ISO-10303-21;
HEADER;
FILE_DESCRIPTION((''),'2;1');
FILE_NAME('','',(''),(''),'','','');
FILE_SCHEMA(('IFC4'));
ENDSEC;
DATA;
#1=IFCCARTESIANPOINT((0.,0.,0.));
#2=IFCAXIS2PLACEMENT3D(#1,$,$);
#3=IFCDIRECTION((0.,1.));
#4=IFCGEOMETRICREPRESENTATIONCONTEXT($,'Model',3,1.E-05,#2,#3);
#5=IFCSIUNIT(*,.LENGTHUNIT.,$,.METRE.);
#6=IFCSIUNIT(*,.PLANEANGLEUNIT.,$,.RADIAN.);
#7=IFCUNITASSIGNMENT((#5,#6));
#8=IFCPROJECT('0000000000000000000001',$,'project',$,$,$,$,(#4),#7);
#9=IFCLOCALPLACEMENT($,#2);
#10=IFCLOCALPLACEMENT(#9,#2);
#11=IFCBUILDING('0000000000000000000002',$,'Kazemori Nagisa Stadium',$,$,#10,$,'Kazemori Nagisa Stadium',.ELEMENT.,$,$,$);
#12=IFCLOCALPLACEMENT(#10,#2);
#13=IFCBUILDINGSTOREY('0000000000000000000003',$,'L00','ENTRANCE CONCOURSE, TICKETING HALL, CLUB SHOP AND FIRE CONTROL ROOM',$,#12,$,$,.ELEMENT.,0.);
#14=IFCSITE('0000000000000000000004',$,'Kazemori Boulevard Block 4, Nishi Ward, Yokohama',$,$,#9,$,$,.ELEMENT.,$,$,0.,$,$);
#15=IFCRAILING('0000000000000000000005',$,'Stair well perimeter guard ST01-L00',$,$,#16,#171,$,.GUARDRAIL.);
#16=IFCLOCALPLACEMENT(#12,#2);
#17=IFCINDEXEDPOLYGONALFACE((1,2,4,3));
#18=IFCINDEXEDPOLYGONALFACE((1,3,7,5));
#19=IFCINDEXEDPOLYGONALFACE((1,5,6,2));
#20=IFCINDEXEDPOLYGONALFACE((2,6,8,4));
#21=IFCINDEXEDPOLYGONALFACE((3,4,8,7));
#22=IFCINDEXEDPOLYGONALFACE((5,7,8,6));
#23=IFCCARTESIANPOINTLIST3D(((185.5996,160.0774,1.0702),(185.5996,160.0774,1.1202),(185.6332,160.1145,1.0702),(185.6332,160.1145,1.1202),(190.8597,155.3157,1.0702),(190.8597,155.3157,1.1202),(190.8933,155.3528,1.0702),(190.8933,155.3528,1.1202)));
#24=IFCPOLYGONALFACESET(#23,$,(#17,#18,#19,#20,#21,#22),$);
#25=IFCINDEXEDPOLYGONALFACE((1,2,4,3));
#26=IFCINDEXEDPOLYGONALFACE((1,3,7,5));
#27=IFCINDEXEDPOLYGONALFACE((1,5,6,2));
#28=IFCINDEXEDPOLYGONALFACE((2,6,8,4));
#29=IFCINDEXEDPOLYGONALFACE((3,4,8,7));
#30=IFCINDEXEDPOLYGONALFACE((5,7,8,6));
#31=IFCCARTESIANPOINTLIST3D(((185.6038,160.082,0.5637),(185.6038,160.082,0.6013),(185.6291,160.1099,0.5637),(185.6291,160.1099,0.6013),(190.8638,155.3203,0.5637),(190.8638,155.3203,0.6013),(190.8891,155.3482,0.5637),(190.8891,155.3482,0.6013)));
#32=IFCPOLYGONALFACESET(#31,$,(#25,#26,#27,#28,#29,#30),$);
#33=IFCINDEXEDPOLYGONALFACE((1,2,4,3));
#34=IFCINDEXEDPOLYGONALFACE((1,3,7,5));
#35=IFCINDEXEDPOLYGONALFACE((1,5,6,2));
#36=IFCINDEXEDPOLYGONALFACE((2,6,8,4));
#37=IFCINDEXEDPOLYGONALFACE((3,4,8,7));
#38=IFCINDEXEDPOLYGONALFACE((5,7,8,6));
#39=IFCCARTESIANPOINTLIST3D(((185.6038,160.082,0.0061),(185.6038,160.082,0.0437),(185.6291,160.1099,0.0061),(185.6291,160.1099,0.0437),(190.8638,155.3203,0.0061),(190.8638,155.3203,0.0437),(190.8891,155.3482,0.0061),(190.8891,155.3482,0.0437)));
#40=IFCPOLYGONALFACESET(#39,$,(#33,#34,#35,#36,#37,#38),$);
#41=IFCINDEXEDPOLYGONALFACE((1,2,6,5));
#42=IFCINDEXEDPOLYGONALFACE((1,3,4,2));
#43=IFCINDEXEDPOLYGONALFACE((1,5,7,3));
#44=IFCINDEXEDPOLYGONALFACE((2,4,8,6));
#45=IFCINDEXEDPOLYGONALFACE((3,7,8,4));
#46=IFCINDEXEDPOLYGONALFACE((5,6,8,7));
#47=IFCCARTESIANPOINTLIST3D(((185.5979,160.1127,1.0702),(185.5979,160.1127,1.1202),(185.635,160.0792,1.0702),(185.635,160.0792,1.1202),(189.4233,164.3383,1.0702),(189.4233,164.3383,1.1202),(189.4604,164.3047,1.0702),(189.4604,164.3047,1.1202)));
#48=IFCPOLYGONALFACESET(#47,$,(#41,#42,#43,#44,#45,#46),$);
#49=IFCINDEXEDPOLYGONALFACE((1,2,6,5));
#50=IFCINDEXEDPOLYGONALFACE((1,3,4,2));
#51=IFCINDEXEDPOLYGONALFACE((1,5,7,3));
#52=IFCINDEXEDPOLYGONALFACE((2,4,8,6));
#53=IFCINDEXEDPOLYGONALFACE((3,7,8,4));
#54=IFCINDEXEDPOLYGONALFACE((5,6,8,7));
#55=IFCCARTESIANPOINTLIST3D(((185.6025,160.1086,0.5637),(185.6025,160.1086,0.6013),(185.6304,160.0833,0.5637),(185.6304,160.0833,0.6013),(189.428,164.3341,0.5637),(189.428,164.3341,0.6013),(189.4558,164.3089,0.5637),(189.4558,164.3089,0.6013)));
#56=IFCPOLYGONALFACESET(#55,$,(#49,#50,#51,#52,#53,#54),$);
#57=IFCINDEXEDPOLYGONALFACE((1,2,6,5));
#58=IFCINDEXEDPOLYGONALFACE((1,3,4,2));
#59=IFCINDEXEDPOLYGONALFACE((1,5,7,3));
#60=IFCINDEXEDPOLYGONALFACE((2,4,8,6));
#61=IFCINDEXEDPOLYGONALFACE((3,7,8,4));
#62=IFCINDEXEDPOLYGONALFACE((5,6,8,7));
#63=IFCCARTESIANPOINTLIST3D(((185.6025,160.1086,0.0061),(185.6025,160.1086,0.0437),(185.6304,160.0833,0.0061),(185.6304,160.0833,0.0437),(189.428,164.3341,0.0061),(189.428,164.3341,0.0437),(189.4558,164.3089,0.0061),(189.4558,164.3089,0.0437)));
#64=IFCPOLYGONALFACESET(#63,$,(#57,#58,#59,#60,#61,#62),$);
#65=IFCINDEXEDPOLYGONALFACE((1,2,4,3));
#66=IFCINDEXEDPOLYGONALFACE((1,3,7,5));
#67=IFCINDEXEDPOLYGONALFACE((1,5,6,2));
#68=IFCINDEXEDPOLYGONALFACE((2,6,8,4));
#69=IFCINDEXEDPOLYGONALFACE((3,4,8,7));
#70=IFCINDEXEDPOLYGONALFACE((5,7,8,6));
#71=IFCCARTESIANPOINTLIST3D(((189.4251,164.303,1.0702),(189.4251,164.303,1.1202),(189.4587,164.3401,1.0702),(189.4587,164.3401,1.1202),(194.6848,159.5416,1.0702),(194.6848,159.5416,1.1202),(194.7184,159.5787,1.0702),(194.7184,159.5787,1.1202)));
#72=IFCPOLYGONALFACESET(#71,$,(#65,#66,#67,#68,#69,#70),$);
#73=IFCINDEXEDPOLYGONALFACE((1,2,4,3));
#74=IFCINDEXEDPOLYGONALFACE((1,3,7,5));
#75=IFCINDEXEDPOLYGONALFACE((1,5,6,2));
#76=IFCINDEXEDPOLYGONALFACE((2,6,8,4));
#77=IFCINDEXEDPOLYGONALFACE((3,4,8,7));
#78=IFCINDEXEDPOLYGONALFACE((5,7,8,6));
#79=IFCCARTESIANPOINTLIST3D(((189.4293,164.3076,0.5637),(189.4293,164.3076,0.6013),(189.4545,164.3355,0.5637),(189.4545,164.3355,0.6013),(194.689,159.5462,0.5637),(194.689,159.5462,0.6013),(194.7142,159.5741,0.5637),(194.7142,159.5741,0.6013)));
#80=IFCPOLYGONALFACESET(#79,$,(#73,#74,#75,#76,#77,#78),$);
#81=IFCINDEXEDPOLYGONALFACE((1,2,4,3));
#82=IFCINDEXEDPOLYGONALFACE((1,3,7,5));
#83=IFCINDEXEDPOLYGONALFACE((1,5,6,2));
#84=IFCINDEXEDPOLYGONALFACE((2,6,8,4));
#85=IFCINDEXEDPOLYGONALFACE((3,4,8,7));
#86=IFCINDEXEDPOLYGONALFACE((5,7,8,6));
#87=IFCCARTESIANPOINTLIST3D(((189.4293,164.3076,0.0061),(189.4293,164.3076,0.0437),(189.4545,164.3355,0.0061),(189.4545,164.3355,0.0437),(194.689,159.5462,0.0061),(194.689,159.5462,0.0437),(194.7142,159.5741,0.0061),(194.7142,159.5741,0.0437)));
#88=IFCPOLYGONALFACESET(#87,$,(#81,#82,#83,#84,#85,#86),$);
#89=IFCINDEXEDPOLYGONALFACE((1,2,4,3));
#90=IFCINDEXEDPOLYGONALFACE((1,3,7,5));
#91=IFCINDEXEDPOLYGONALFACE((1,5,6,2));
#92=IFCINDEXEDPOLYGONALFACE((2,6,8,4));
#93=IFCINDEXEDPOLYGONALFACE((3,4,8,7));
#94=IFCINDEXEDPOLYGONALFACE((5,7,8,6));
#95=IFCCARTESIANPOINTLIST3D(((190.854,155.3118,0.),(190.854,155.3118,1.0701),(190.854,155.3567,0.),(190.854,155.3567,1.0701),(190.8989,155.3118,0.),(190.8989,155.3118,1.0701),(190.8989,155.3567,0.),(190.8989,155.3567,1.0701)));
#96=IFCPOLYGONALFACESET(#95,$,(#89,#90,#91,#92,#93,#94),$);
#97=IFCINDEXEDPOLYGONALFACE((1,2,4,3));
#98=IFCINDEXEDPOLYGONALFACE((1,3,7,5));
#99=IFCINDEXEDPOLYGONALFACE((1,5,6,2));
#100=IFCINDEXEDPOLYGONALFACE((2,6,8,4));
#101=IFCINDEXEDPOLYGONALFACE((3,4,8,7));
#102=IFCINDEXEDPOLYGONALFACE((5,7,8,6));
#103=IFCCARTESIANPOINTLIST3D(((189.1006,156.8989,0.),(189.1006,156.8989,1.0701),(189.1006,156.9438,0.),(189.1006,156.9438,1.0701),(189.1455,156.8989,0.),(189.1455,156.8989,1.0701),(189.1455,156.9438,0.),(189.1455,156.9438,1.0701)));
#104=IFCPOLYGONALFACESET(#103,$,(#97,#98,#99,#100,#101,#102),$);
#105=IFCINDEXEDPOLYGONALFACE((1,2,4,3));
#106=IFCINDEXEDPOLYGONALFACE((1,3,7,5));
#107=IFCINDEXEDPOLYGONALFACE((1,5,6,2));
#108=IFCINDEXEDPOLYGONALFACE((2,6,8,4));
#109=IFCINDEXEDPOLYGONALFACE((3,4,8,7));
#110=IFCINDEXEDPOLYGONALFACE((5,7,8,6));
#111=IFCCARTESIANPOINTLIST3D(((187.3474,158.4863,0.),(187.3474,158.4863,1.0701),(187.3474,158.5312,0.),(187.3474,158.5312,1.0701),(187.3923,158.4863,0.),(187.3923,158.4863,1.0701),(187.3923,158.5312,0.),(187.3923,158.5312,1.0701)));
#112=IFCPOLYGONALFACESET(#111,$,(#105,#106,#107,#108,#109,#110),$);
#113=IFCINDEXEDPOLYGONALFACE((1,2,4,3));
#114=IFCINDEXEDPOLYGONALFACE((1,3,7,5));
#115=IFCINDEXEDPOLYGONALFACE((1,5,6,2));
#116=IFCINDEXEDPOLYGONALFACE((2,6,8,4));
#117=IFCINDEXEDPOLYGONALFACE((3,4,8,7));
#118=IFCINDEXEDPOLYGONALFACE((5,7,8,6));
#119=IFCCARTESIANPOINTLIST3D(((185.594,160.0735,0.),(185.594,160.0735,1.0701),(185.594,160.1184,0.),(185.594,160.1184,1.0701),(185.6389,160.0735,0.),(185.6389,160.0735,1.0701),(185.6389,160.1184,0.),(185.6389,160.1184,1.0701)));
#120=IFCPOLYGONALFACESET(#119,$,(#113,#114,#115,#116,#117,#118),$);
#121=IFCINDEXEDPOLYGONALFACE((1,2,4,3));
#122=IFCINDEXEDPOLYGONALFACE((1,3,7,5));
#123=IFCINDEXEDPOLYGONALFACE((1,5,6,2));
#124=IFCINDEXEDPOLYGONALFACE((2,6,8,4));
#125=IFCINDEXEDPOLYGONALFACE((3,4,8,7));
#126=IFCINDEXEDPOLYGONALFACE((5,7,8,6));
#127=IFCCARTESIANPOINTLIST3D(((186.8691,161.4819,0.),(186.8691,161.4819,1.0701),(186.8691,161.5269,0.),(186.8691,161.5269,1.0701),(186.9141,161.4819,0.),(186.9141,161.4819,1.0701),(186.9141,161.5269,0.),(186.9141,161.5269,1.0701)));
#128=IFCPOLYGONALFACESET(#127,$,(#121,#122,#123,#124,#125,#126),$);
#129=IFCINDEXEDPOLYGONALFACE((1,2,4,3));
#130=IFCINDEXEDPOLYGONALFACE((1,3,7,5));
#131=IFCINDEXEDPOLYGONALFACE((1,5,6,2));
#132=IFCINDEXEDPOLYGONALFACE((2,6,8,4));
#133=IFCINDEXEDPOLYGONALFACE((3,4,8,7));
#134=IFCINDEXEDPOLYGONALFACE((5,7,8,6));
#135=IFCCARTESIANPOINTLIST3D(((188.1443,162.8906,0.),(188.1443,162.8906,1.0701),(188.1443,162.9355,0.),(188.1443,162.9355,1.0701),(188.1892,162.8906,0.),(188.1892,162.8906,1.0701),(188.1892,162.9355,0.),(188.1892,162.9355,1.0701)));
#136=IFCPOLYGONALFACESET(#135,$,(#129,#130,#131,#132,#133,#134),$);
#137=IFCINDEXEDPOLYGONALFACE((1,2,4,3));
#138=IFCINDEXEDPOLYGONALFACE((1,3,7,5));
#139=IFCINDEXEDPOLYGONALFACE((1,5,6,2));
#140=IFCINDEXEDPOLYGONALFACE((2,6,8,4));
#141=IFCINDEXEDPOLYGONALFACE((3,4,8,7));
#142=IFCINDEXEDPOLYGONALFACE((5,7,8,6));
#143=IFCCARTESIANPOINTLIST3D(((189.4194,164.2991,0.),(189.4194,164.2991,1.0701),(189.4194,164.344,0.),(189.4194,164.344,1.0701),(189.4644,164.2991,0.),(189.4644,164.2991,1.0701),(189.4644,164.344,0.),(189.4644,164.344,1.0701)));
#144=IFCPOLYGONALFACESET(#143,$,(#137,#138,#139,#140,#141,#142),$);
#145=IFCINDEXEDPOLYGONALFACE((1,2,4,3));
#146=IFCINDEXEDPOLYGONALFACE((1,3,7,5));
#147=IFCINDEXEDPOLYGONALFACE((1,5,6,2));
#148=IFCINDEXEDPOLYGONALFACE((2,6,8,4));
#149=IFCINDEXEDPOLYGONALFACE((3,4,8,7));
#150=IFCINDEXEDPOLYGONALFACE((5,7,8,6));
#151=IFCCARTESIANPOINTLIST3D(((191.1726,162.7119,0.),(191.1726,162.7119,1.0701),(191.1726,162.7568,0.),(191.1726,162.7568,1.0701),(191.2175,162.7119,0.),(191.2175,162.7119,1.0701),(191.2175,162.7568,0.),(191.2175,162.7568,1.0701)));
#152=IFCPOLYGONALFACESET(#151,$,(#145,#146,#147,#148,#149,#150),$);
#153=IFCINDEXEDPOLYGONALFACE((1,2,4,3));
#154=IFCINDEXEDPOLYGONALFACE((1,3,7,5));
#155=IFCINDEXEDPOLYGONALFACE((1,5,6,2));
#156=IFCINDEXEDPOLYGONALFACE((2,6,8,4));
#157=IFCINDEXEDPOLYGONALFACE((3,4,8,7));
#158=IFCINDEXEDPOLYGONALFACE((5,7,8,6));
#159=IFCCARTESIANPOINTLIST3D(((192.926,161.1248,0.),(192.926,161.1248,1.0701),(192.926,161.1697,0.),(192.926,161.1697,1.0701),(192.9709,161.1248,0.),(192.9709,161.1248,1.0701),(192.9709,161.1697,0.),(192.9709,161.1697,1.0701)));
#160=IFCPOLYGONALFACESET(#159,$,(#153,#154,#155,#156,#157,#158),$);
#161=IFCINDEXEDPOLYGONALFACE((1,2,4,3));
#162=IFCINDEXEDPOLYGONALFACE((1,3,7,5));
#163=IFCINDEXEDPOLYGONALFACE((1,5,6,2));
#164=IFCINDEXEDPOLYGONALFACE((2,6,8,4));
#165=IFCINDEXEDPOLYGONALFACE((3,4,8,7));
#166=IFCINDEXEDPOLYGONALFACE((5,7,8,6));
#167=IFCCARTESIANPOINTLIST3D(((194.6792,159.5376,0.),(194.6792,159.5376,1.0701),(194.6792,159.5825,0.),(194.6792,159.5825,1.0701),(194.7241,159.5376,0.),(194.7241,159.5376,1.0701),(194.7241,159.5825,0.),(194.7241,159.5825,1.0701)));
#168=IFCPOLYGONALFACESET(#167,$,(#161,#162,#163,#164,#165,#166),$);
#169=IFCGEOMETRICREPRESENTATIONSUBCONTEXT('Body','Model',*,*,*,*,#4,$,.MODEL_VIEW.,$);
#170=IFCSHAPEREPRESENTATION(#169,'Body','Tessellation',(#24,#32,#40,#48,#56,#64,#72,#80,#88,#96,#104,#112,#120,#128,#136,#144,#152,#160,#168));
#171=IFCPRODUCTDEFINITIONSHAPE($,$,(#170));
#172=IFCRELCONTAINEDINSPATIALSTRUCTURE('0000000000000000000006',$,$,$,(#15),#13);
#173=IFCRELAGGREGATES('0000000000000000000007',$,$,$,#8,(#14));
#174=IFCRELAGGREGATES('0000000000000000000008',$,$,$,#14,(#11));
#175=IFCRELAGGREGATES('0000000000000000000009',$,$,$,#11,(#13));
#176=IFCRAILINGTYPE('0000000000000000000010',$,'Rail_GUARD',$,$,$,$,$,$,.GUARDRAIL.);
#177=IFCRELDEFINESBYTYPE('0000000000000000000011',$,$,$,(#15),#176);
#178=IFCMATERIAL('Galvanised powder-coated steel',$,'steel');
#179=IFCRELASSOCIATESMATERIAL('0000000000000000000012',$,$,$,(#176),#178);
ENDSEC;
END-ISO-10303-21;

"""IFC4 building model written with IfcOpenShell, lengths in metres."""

from ifc_helpers import new_model, si_unit, direction, frame, origin, origin_2d, place, context, subcontext, project, spatial, rectangle, extrude, material, type_object, element, save


model = new_model("IFC4")

# Units and contexts
model_context = context("Model", 3, precision=1e-05, world=origin(), true_north=direction((0.0, 1.0)))
body_context = subcontext(model_context, "Body", "Model", "MODEL_VIEW")
ifc_project = project(units=[si_unit("LENGTHUNIT", "METRE"), si_unit("PLANEANGLEUNIT", "RADIAN")], contexts=[model_context])

# Site, building, storey
site_placement = place(None, origin())
site = spatial("IfcSite", under=ifc_project, at=site_placement, Name="Kazemori Boulevard Block 4, Nishi Ward, Yokohama", CompositionType="ELEMENT", RefElevation=0.0)
building_placement = place(site_placement, origin())
building = spatial("IfcBuilding", under=site, at=building_placement, Name="Kazemori Nagisa Stadium", LongName="Kazemori Nagisa Stadium", CompositionType="ELEMENT")
storey_placement = place(building_placement, origin())
storey = spatial("IfcBuildingStorey", under=building, at=storey_placement, Name="L00", Description="ENTRANCE CONCOURSE, TICKETING HALL, CLUB SHOP AND FIRE CONTROL ROOM", CompositionType="ELEMENT", Elevation=0.0)

# Railing
ifc_material_1 = material(Name="Galvanised powder-coated steel", Category="steel")
railing_type_1 = type_object("IfcRailingType", Name="Rail_GUARD", PredefinedType="GUARDRAIL", material=ifc_material_1)
railing_1_placement = place(storey_placement, frame((190.8765, 155.3342, 0.0)))
element("IfcRailing", 1, at=railing_1_placement, inside=storey, type_object=railing_type_1, Name="Stair well perimeter guard ST01-L00", PredefinedType="GUARDRAIL", context=body_context, shape_type="SweptSolid", body=[
    extrude(rectangle(XDim=0.05, YDim=0.05, at=origin_2d()), frame((0.0, 0.0, 1.0952), z_axis=(-0.741349, 0.67112, 0.0), x_axis=(-0.67112, -0.741349, 0.0)), (0.0, 0.0, 1.0), 7.0952),
    extrude(rectangle(XDim=0.0376, YDim=0.0376, at=origin_2d()), frame((0.0, 0.0, 0.5825), z_axis=(-0.741349, 0.67112, 0.0), x_axis=(-0.67112, -0.741349, 0.0)), (0.0, 0.0, 1.0), 7.0952),
    extrude(rectangle(XDim=0.0376, YDim=0.0376, at=origin_2d()), frame((0.0, 0.0, 0.0249), z_axis=(-0.741349, 0.67112, 0.0), x_axis=(-0.67112, -0.741349, 0.0)), (0.0, 0.0, 1.0), 7.0952),
    extrude(rectangle(XDim=0.05, YDim=0.05, at=origin_2d()), frame((-5.26, 4.7617, 1.0952), z_axis=(0.671134, 0.741336, 0.0), x_axis=(-0.741336, 0.671134, 0.0)), (0.0, 0.0, 1.0), 5.7),
    extrude(rectangle(XDim=0.0376, YDim=0.0376, at=origin_2d()), frame((-5.26, 4.7617, 0.5825), z_axis=(0.671134, 0.741336, 0.0), x_axis=(-0.741336, 0.671134, 0.0)), (0.0, 0.0, 1.0), 5.7),
    extrude(rectangle(XDim=0.0376, YDim=0.0376, at=origin_2d()), frame((-5.26, 4.7617, 0.0249), z_axis=(0.671134, 0.741336, 0.0), x_axis=(-0.741336, 0.671134, 0.0)), (0.0, 0.0, 1.0), 5.7),
    extrude(rectangle(XDim=0.05, YDim=0.05, at=origin_2d()), frame((-1.4346, 8.9873, 1.0952), z_axis=(0.741351, -0.671118, 0.0), x_axis=(0.671118, 0.741351, 0.0)), (0.0, 0.0, 1.0), 7.0947),
    extrude(rectangle(XDim=0.0376, YDim=0.0376, at=origin_2d()), frame((-1.4346, 8.9873, 0.5825), z_axis=(0.741351, -0.671118, 0.0), x_axis=(0.671118, 0.741351, 0.0)), (0.0, 0.0, 1.0), 7.0947),
    extrude(rectangle(XDim=0.0376, YDim=0.0376, at=origin_2d()), frame((-1.4346, 8.9873, 0.0249), z_axis=(0.741351, -0.671118, 0.0), x_axis=(0.671118, 0.741351, 0.0)), (0.0, 0.0, 1.0), 7.0947),
    extrude(rectangle(XDim=0.0449, YDim=0.0449, at=origin_2d()), origin(), (0.0, 0.0, 1.0), 1.0701),
    extrude(rectangle(XDim=0.0449, YDim=0.0449, at=origin_2d()), frame((-1.7534, 1.5872, 0.0)), (0.0, 0.0, 1.0), 1.0701),
    extrude(rectangle(XDim=0.0449, YDim=0.0449, at=origin_2d()), frame((-3.5066, 3.1746, 0.0)), (0.0, 0.0, 1.0), 1.0701),
    extrude(rectangle(XDim=0.0449, YDim=0.0449, at=origin_2d()), frame((-5.26, 4.7617, 0.0)), (0.0, 0.0, 1.0), 1.0701),
    extrude(rectangle(XDim=0.0449, YDim=0.0449, at=origin_2d()), frame((-3.9849, 6.1702, 0.0)), (0.0, 0.0, 1.0), 1.0701),
    extrude(rectangle(XDim=0.0449, YDim=0.0449, at=origin_2d()), frame((-2.7097, 7.5789, 0.0)), (0.0, 0.0, 1.0), 1.0701),
    extrude(rectangle(XDim=0.0449, YDim=0.0449, at=origin_2d()), frame((-1.4346, 8.9873, 0.0)), (0.0, 0.0, 1.0), 1.0701),
    extrude(rectangle(XDim=0.0449, YDim=0.0449, at=origin_2d()), frame((0.3186, 7.4001, 0.0)), (0.0, 0.0, 1.0), 1.0701),
    extrude(rectangle(XDim=0.0449, YDim=0.0449, at=origin_2d()), frame((2.072, 5.813, 0.0)), (0.0, 0.0, 1.0), 1.0701),
    extrude(rectangle(XDim=0.0449, YDim=0.0449, at=origin_2d()), frame((3.8252, 4.2258, 0.0)), (0.0, 0.0, 1.0), 1.0701),
])

save(model, "model.ifc")
